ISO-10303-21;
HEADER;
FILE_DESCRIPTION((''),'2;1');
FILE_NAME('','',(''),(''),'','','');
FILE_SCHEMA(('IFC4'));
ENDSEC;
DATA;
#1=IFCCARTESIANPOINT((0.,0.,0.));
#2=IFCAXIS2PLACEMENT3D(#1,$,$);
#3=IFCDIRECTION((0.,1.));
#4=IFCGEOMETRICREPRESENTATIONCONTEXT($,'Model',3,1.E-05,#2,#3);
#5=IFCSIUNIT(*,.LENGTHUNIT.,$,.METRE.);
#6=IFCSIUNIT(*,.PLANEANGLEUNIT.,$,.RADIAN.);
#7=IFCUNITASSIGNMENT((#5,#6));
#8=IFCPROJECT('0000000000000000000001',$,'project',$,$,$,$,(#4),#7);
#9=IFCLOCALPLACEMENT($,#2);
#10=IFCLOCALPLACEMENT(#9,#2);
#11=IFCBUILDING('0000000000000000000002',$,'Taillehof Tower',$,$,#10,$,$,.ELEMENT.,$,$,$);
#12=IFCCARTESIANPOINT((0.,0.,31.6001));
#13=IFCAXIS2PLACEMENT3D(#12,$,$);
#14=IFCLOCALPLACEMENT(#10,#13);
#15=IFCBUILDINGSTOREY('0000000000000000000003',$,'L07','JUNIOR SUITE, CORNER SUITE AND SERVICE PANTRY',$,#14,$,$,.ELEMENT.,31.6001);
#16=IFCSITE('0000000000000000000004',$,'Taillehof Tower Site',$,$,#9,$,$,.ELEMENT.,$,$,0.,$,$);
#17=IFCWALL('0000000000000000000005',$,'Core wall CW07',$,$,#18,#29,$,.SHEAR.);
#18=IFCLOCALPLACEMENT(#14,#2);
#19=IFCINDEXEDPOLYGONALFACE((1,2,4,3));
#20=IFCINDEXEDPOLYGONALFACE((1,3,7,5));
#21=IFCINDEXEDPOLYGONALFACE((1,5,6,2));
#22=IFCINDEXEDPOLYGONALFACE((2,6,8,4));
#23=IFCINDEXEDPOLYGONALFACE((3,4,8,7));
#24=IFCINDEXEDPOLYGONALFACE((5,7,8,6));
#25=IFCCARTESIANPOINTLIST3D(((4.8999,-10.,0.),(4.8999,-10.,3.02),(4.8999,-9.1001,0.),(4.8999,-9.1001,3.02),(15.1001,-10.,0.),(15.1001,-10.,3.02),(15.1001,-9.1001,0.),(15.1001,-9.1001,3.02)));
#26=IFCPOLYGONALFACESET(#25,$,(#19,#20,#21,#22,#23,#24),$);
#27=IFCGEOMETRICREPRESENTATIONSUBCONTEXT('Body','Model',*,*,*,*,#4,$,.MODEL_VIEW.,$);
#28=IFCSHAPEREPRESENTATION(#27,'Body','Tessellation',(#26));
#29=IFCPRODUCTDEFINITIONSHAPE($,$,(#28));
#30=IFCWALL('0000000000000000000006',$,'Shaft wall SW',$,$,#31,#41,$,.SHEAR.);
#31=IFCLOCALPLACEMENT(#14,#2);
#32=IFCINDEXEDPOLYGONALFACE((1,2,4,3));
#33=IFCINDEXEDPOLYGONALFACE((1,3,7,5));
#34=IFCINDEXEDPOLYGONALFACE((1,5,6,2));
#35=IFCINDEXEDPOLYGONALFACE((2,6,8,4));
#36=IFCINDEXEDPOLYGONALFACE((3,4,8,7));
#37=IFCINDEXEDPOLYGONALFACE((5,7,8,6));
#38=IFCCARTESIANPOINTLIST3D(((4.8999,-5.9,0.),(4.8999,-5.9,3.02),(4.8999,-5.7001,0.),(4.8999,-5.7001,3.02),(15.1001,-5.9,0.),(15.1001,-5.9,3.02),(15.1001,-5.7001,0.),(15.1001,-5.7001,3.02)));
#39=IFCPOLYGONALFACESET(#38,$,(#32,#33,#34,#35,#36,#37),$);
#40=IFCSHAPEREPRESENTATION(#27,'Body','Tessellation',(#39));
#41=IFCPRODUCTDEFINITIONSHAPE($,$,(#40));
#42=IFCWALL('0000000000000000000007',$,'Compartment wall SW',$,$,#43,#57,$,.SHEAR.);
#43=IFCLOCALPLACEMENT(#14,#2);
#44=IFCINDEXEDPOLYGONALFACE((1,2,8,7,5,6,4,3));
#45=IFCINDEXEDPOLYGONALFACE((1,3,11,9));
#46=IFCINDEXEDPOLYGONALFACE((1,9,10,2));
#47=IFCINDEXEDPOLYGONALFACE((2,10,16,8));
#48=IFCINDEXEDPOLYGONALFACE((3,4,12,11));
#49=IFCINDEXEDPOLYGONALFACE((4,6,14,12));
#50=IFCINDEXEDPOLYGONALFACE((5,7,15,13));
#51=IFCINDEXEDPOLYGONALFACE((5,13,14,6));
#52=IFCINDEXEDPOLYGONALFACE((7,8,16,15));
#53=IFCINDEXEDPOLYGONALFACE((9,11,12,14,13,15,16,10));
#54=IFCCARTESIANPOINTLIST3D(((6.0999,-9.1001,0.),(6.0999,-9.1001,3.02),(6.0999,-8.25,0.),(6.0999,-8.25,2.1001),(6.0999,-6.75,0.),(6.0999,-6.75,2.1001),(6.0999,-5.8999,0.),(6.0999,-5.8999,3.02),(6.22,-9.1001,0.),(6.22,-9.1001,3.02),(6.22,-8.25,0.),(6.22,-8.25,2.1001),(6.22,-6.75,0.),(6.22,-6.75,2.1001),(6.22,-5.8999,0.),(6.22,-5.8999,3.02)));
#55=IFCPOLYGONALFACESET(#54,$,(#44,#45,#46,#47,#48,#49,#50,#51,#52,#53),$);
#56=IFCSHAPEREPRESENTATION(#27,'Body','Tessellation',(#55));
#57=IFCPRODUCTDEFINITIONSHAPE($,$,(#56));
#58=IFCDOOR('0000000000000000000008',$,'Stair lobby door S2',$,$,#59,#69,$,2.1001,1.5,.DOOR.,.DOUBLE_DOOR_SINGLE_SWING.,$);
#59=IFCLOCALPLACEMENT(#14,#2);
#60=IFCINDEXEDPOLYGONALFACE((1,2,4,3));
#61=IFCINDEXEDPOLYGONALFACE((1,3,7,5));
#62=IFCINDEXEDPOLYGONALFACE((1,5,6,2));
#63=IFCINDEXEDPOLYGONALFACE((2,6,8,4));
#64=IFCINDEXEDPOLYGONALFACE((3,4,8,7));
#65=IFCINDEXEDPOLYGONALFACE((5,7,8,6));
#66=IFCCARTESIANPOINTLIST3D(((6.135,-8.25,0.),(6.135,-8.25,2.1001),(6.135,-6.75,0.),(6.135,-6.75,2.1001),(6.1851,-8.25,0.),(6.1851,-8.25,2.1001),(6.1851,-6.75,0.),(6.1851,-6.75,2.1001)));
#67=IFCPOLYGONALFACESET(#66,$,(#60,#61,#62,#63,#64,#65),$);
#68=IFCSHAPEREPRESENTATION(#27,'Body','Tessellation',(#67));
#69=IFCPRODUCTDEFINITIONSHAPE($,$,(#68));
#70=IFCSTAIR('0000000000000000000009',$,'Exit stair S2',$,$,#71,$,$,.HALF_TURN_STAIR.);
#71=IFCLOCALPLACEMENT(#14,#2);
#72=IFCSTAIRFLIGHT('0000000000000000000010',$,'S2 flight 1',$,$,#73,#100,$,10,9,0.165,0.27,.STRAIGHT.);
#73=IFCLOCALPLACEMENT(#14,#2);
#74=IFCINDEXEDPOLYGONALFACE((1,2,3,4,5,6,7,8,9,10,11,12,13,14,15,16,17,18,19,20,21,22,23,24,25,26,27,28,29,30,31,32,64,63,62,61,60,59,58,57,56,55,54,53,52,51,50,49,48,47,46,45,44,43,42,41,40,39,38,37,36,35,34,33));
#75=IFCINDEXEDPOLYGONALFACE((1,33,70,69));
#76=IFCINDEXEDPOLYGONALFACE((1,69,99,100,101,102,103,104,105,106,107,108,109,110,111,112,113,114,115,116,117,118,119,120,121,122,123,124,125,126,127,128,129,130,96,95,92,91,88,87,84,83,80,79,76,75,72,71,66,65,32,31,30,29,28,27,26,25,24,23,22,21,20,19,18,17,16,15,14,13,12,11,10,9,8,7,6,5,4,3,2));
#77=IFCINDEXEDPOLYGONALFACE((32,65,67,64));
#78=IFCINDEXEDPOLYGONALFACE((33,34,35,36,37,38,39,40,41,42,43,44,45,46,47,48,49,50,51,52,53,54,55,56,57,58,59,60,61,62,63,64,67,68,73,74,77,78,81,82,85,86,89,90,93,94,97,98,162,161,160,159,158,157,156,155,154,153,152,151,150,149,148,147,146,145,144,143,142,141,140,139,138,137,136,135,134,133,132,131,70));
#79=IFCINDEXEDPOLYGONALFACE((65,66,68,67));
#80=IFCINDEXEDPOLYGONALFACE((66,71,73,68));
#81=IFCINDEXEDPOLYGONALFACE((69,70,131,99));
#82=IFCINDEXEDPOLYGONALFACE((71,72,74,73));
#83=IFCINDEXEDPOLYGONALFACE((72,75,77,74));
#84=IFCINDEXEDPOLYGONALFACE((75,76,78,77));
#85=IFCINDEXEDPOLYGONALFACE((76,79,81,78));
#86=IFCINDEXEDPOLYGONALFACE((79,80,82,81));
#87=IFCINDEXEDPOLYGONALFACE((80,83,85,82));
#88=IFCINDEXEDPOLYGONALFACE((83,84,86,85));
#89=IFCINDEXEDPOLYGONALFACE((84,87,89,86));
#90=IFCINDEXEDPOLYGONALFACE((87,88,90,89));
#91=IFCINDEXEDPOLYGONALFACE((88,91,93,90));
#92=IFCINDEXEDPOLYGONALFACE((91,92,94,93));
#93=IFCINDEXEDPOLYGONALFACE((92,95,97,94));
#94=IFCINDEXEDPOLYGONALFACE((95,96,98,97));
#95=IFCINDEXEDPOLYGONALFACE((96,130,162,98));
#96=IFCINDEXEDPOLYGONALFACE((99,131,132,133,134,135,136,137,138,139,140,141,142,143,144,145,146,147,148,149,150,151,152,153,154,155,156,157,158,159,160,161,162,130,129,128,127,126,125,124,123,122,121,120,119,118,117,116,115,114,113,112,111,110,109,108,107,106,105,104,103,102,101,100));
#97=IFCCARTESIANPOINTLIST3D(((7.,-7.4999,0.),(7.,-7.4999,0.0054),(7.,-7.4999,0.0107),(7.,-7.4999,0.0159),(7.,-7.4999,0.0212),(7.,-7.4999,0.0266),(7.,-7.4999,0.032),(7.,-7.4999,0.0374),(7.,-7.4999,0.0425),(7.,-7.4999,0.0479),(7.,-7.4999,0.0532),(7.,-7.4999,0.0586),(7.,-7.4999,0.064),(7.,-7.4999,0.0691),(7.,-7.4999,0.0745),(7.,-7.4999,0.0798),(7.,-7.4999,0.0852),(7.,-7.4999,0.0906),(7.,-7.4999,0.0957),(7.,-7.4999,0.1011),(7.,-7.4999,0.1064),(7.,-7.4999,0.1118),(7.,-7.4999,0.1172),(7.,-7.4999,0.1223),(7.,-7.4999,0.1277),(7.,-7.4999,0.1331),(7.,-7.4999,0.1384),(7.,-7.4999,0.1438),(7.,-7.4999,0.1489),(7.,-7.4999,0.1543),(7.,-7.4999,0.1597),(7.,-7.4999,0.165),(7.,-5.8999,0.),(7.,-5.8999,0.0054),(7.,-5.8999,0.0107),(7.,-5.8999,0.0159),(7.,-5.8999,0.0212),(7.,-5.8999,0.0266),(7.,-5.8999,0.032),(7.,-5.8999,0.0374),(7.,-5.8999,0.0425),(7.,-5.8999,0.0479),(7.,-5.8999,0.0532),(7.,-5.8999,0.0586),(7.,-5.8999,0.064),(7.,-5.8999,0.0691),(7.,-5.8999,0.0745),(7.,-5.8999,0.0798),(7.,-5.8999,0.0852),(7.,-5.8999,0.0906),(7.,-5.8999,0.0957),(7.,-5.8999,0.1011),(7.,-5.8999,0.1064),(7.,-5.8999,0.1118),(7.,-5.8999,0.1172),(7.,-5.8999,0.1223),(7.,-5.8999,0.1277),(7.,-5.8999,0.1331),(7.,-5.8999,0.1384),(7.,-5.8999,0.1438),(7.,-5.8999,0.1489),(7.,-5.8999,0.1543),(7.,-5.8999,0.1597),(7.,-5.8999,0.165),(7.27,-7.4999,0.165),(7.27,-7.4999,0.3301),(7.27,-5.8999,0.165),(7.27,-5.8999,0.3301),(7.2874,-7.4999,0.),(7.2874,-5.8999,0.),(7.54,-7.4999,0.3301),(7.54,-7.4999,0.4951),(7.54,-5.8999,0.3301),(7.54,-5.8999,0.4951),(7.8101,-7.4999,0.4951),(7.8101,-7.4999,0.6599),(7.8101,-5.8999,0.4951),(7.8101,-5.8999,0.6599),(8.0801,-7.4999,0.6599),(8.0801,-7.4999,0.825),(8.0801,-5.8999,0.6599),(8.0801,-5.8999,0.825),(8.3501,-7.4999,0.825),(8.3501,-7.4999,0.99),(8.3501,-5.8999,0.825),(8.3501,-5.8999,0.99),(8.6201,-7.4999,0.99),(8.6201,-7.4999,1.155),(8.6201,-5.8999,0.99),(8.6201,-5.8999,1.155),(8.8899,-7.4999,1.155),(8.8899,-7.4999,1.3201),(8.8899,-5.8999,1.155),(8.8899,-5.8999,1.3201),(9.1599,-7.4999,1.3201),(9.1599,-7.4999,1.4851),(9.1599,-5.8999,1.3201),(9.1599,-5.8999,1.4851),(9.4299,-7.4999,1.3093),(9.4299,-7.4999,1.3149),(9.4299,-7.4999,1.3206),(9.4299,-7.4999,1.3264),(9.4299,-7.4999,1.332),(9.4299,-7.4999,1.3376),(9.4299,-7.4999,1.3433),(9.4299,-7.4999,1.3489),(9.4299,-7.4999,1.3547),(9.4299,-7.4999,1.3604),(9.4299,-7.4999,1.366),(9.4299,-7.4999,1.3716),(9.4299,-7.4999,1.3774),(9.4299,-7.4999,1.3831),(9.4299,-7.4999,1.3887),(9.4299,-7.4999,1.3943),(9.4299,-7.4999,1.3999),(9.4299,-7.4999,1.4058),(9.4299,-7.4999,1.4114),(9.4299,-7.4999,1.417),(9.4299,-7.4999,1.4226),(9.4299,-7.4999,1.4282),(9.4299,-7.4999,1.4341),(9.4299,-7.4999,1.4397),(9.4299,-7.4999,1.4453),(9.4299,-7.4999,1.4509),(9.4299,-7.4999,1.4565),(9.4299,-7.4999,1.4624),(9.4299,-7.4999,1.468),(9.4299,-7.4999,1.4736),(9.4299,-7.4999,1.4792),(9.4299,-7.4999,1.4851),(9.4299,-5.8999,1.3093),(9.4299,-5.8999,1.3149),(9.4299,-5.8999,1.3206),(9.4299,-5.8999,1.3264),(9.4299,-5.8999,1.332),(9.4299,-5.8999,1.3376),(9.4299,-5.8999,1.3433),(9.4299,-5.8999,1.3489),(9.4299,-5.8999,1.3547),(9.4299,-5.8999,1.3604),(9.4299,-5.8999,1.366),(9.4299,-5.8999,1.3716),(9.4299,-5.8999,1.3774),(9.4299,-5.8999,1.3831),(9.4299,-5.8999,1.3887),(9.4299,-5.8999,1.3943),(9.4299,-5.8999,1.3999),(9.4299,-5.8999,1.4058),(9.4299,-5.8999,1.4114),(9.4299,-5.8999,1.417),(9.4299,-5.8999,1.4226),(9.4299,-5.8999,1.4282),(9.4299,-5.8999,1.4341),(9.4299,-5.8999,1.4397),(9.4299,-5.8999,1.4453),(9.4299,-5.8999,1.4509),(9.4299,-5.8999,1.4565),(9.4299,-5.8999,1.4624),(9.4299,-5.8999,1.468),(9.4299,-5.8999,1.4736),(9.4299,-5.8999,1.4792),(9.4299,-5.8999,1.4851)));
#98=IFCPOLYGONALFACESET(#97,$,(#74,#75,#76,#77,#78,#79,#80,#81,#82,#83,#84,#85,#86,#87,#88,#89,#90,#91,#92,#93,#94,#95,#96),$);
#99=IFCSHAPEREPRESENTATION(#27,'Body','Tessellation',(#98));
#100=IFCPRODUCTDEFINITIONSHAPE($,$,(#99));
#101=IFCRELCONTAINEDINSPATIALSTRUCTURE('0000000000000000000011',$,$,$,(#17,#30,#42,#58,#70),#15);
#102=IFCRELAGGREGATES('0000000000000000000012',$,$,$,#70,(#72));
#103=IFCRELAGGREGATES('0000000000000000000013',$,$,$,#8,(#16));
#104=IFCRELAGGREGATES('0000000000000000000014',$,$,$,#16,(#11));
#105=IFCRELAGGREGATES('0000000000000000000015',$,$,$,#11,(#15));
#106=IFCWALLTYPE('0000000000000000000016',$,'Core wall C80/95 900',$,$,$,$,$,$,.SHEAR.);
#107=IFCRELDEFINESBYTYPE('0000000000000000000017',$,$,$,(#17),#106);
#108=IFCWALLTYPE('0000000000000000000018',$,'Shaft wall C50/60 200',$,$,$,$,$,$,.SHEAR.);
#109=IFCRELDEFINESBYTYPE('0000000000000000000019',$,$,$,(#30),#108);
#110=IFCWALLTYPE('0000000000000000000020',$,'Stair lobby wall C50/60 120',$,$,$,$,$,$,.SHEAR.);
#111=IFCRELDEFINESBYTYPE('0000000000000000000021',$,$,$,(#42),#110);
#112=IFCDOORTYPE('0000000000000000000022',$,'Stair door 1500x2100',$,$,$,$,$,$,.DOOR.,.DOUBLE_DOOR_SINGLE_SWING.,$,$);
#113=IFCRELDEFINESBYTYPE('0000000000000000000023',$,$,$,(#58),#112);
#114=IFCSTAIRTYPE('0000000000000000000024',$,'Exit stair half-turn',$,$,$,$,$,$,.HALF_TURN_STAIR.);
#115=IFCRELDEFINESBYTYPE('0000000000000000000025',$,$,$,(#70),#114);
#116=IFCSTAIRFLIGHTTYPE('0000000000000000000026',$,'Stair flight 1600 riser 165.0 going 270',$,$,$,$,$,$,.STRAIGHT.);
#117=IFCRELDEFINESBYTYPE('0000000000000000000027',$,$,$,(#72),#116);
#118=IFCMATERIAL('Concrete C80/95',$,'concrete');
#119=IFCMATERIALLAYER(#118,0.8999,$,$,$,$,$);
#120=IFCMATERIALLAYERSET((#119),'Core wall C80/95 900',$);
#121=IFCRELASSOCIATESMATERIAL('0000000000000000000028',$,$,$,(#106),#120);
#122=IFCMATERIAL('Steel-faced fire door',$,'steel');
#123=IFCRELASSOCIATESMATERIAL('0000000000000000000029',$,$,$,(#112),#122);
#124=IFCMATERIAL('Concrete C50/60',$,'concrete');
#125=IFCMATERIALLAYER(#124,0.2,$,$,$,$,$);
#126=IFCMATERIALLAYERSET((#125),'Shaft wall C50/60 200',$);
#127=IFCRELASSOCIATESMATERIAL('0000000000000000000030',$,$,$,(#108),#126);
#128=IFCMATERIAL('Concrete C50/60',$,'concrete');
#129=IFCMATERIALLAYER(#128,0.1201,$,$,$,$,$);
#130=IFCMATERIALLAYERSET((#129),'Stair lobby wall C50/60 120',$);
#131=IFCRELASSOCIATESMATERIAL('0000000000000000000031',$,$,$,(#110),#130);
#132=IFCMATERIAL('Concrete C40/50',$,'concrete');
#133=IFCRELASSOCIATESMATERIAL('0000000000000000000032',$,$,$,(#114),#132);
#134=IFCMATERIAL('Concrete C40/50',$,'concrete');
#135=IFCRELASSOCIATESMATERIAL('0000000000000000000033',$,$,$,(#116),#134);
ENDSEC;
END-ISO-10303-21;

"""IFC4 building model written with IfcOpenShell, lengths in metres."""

from ifc_helpers import new_model, si_unit, direction, frame, frame_2d, origin, place, context, subcontext, project, spatial, polyline, rectangle, outline, extrude, material, layer, layer_set, type_object, element, fill, aggregate, save


model = new_model("IFC4")

# Units and contexts
model_context = context("Model", 3, precision=1e-05, world=origin(), true_north=direction((0.0, 1.0)))
body_context = subcontext(model_context, "Body", "Model", "MODEL_VIEW")
ifc_project = project(units=[si_unit("LENGTHUNIT", "METRE"), si_unit("PLANEANGLEUNIT", "RADIAN")], contexts=[model_context])

# Site, building, storey
site_placement = place(None, origin())
site = spatial("IfcSite", under=ifc_project, at=site_placement, Name="Taillehof Tower Site", CompositionType="ELEMENT", RefElevation=0.0)
building_placement = place(site_placement, origin())
building = spatial("IfcBuilding", under=site, at=building_placement, Name="Taillehof Tower", CompositionType="ELEMENT")
storey_placement = place(building_placement, frame((0.0, 0.0, 31.6001)))
storey = spatial("IfcBuildingStorey", under=building, at=storey_placement, Name="L07", Description="JUNIOR SUITE, CORNER SUITE AND SERVICE PANTRY", CompositionType="ELEMENT", Elevation=31.6001)

# Shared definitions
ifc_material_1 = material(Name="Concrete C80/95", Category="concrete")
ifc_layer_1 = layer(ifc_material_1, 0.8999)
ifc_layer_set_1 = layer_set([ifc_layer_1], Name="Core wall C80/95 900")
wall_type_1 = type_object("IfcWallType", Name="Core wall C80/95 900", PredefinedType="SHEAR", material=ifc_layer_set_1)
ifc_material_2 = material(Name="Steel-faced fire door", Category="steel")
door_type_1 = type_object("IfcDoorType", Name="Stair door 1500x2100", OperationType="DOUBLE_DOOR_SINGLE_SWING", PredefinedType="DOOR", material=ifc_material_2)

# Walls
wall_1_placement = place(storey_placement, frame((4.8999, -9.55, 0.0), z_axis=(0.0, 0.0, 1.0), x_axis=(1.0, 0.0, 0.0)))
element("IfcWall", 1, at=wall_1_placement, inside=storey, type_object=wall_type_1, Name="Core wall CW07", PredefinedType="SHEAR", context=body_context, shape_type="SweptSolid", body=[
    extrude(rectangle(XDim=10.2002, YDim=0.8999, at=frame_2d((5.1001, 0.0))), origin(), (0.0, 0.0, 1.0), 3.02),
])
ifc_material_3 = material(Name="Concrete C50/60", Category="concrete")
ifc_layer_2 = layer(ifc_material_3, 0.2)
ifc_layer_set_2 = layer_set([ifc_layer_2], Name="Shaft wall C50/60 200")
wall_type_2 = type_object("IfcWallType", Name="Shaft wall C50/60 200", PredefinedType="SHEAR", material=ifc_layer_set_2)
wall_2_placement = place(storey_placement, frame((4.8999, -5.8, 0.0), z_axis=(0.0, 0.0, 1.0), x_axis=(1.0, 0.0, 0.0)))
element("IfcWall", 2, at=wall_2_placement, inside=storey, type_object=wall_type_2, Name="Shaft wall SW", PredefinedType="SHEAR", context=body_context, shape_type="SweptSolid", body=[
    extrude(rectangle(XDim=10.2002, YDim=0.2, at=frame_2d((5.1001, 0.0))), origin(), (0.0, 0.0, 1.0), 3.02),
])

# Wall, opening, door
ifc_material_4 = material(Name="Concrete C50/60", Category="concrete")
ifc_layer_3 = layer(ifc_material_4, 0.1201)
ifc_layer_set_3 = layer_set([ifc_layer_3], Name="Stair lobby wall C50/60 120")
wall_type_3 = type_object("IfcWallType", Name="Stair lobby wall C50/60 120", PredefinedType="SHEAR", material=ifc_layer_set_3)
wall_3_placement = place(storey_placement, frame((6.1599, -9.1001, 0.0), z_axis=(0.0, 0.0, 1.0), x_axis=(0.0, 1.0, 0.0)))
wall_3 = element("IfcWall", 3, at=wall_3_placement, inside=storey, type_object=wall_type_3, Name="Compartment wall SW", PredefinedType="SHEAR", context=body_context, shape_type="SweptSolid", body=[
    extrude(rectangle(XDim=3.2002, YDim=0.1201, at=frame_2d((1.6001, 0.0))), origin(), (0.0, 0.0, 1.0), 3.02),
])
opening_1_placement = place(wall_3_placement, frame((0.8501, 0.0, 0.0)))
opening_1 = element("IfcOpeningElement", 4, at=opening_1_placement, cuts=wall_3, PredefinedType="OPENING", context=body_context, shape_type="SweptSolid", body=[
    extrude(rectangle(XDim=1.5, YDim=2.1001, at=frame_2d((0.75, 1.05))), frame((0.0, 0.0701, 0.0), z_axis=(0.0, -1.0, 0.0), x_axis=(1.0, 0.0, 0.0)), (0.0, 0.0, 1.0), 0.1401),
])
door_1_placement = place(opening_1_placement, origin())
door_1 = element("IfcDoor", 5, at=door_1_placement, inside=storey, type_object=door_type_1, Name="Stair lobby door S2", OperationType="DOUBLE_DOOR_SINGLE_SWING", OverallHeight=2.1001, OverallWidth=1.5, PredefinedType="DOOR", context=body_context, shape_type="SweptSolid", body=[
    extrude(rectangle(XDim=1.5, YDim=2.1001, at=frame_2d((0.75, 1.05))), frame((0.0, 0.0249, 0.0), z_axis=(0.0, -1.0, 0.0), x_axis=(1.0, 0.0, 0.0)), (0.0, 0.0, 1.0), 0.05),
])
fill(opening_1, door_1)

# Stair, stair flight
ifc_material_5 = material(Name="Concrete C40/50", Category="concrete")
stair_type = type_object("IfcStairType", Name="Exit stair half-turn", PredefinedType="HALF_TURN_STAIR", material=ifc_material_5)
stair_placement = place(storey_placement, origin())
stair = element("IfcStair", 6, at=stair_placement, inside=storey, type_object=stair_type, Name="Exit stair S2", PredefinedType="HALF_TURN_STAIR")
ifc_material_6 = material(Name="Concrete C40/50", Category="concrete")
stair_flight_type = type_object("IfcStairFlightType", Name="Stair flight 1600 riser 165.0 going 270", PredefinedType="STRAIGHT", material=ifc_material_6)
stair_flight_1_placement = place(storey_placement, frame((7.0, -6.7, 0.0), z_axis=(0.0, 0.0, 1.0), x_axis=(1.0, 0.0, 0.0)))
stair_flight_1 = element("IfcStairFlight", 7, at=stair_flight_1_placement, type_object=stair_flight_type, Name="S2 flight 1", NumberOfRisers=10, NumberOfTreads=9, PredefinedType="STRAIGHT", RiserHeight=0.165, TreadLength=0.27, context=body_context, shape_type="SweptSolid", body=[
    extrude(outline(polyline([(0.0, 0.0), (0.0, 0.0054), (0.0, 0.0107), (0.0, 0.0159), (0.0, 0.0212), (0.0, 0.0266), (0.0, 0.032), (0.0, 0.0374), (0.0, 0.0425), (0.0, 0.0479), (0.0, 0.0532), (0.0, 0.0586), (0.0, 0.064), (0.0, 0.0691), (0.0, 0.0745), (0.0, 0.0798), (0.0, 0.0852), (0.0, 0.0906), (0.0, 0.0957), (0.0, 0.1011), (0.0, 0.1064), (0.0, 0.1118), (0.0, 0.1172), (0.0, 0.1223), (0.0, 0.1277), (0.0, 0.1331), (0.0, 0.1384), (0.0, 0.1438), (0.0, 0.1489), (0.0, 0.1543), (0.0, 0.1597), (0.0, 0.165), (0.27, 0.165), (0.27, 0.3301), (0.54, 0.3301), (0.54, 0.4951), (0.8101, 0.4951), (0.8101, 0.6599), (1.0801, 0.6599), (1.0801, 0.825), (1.3501, 0.825), (1.3501, 0.99), (1.6201, 0.99), (1.6201, 1.155), (1.8899, 1.155), (1.8899, 1.3201), (2.1599, 1.3201), (2.1599, 1.4851), (2.4299, 1.4851), (2.4299, 1.4792), (2.4299, 1.4736), (2.4299, 1.468), (2.4299, 1.4624), (2.4299, 1.4565), (2.4299, 1.4509), (2.4299, 1.4453), (2.4299, 1.4397), (2.4299, 1.4341), (2.4299, 1.4282), (2.4299, 1.4226), (2.4299, 1.417), (2.4299, 1.4114), (2.4299, 1.4058), (2.4299, 1.3999), (2.4299, 1.3943), (2.4299, 1.3887), (2.4299, 1.3831), (2.4299, 1.3774), (2.4299, 1.3716), (2.4299, 1.366), (2.4299, 1.3604), (2.4299, 1.3547), (2.4299, 1.3489), (2.4299, 1.3433), (2.4299, 1.3376), (2.4299, 1.332), (2.4299, 1.3264), (2.4299, 1.3206), (2.4299, 1.3149), (2.4299, 1.3093), (0.2874, 0.0), (0.0, 0.0)])), frame((0.0, 0.8, 0.0), z_axis=(0.0, -1.0, 0.0), x_axis=(1.0, 0.0, 0.0)), (0.0, 0.0, 1.0), 1.6),
])
aggregate(stair, [stair_flight_1])

save(model, "model.ifc")
